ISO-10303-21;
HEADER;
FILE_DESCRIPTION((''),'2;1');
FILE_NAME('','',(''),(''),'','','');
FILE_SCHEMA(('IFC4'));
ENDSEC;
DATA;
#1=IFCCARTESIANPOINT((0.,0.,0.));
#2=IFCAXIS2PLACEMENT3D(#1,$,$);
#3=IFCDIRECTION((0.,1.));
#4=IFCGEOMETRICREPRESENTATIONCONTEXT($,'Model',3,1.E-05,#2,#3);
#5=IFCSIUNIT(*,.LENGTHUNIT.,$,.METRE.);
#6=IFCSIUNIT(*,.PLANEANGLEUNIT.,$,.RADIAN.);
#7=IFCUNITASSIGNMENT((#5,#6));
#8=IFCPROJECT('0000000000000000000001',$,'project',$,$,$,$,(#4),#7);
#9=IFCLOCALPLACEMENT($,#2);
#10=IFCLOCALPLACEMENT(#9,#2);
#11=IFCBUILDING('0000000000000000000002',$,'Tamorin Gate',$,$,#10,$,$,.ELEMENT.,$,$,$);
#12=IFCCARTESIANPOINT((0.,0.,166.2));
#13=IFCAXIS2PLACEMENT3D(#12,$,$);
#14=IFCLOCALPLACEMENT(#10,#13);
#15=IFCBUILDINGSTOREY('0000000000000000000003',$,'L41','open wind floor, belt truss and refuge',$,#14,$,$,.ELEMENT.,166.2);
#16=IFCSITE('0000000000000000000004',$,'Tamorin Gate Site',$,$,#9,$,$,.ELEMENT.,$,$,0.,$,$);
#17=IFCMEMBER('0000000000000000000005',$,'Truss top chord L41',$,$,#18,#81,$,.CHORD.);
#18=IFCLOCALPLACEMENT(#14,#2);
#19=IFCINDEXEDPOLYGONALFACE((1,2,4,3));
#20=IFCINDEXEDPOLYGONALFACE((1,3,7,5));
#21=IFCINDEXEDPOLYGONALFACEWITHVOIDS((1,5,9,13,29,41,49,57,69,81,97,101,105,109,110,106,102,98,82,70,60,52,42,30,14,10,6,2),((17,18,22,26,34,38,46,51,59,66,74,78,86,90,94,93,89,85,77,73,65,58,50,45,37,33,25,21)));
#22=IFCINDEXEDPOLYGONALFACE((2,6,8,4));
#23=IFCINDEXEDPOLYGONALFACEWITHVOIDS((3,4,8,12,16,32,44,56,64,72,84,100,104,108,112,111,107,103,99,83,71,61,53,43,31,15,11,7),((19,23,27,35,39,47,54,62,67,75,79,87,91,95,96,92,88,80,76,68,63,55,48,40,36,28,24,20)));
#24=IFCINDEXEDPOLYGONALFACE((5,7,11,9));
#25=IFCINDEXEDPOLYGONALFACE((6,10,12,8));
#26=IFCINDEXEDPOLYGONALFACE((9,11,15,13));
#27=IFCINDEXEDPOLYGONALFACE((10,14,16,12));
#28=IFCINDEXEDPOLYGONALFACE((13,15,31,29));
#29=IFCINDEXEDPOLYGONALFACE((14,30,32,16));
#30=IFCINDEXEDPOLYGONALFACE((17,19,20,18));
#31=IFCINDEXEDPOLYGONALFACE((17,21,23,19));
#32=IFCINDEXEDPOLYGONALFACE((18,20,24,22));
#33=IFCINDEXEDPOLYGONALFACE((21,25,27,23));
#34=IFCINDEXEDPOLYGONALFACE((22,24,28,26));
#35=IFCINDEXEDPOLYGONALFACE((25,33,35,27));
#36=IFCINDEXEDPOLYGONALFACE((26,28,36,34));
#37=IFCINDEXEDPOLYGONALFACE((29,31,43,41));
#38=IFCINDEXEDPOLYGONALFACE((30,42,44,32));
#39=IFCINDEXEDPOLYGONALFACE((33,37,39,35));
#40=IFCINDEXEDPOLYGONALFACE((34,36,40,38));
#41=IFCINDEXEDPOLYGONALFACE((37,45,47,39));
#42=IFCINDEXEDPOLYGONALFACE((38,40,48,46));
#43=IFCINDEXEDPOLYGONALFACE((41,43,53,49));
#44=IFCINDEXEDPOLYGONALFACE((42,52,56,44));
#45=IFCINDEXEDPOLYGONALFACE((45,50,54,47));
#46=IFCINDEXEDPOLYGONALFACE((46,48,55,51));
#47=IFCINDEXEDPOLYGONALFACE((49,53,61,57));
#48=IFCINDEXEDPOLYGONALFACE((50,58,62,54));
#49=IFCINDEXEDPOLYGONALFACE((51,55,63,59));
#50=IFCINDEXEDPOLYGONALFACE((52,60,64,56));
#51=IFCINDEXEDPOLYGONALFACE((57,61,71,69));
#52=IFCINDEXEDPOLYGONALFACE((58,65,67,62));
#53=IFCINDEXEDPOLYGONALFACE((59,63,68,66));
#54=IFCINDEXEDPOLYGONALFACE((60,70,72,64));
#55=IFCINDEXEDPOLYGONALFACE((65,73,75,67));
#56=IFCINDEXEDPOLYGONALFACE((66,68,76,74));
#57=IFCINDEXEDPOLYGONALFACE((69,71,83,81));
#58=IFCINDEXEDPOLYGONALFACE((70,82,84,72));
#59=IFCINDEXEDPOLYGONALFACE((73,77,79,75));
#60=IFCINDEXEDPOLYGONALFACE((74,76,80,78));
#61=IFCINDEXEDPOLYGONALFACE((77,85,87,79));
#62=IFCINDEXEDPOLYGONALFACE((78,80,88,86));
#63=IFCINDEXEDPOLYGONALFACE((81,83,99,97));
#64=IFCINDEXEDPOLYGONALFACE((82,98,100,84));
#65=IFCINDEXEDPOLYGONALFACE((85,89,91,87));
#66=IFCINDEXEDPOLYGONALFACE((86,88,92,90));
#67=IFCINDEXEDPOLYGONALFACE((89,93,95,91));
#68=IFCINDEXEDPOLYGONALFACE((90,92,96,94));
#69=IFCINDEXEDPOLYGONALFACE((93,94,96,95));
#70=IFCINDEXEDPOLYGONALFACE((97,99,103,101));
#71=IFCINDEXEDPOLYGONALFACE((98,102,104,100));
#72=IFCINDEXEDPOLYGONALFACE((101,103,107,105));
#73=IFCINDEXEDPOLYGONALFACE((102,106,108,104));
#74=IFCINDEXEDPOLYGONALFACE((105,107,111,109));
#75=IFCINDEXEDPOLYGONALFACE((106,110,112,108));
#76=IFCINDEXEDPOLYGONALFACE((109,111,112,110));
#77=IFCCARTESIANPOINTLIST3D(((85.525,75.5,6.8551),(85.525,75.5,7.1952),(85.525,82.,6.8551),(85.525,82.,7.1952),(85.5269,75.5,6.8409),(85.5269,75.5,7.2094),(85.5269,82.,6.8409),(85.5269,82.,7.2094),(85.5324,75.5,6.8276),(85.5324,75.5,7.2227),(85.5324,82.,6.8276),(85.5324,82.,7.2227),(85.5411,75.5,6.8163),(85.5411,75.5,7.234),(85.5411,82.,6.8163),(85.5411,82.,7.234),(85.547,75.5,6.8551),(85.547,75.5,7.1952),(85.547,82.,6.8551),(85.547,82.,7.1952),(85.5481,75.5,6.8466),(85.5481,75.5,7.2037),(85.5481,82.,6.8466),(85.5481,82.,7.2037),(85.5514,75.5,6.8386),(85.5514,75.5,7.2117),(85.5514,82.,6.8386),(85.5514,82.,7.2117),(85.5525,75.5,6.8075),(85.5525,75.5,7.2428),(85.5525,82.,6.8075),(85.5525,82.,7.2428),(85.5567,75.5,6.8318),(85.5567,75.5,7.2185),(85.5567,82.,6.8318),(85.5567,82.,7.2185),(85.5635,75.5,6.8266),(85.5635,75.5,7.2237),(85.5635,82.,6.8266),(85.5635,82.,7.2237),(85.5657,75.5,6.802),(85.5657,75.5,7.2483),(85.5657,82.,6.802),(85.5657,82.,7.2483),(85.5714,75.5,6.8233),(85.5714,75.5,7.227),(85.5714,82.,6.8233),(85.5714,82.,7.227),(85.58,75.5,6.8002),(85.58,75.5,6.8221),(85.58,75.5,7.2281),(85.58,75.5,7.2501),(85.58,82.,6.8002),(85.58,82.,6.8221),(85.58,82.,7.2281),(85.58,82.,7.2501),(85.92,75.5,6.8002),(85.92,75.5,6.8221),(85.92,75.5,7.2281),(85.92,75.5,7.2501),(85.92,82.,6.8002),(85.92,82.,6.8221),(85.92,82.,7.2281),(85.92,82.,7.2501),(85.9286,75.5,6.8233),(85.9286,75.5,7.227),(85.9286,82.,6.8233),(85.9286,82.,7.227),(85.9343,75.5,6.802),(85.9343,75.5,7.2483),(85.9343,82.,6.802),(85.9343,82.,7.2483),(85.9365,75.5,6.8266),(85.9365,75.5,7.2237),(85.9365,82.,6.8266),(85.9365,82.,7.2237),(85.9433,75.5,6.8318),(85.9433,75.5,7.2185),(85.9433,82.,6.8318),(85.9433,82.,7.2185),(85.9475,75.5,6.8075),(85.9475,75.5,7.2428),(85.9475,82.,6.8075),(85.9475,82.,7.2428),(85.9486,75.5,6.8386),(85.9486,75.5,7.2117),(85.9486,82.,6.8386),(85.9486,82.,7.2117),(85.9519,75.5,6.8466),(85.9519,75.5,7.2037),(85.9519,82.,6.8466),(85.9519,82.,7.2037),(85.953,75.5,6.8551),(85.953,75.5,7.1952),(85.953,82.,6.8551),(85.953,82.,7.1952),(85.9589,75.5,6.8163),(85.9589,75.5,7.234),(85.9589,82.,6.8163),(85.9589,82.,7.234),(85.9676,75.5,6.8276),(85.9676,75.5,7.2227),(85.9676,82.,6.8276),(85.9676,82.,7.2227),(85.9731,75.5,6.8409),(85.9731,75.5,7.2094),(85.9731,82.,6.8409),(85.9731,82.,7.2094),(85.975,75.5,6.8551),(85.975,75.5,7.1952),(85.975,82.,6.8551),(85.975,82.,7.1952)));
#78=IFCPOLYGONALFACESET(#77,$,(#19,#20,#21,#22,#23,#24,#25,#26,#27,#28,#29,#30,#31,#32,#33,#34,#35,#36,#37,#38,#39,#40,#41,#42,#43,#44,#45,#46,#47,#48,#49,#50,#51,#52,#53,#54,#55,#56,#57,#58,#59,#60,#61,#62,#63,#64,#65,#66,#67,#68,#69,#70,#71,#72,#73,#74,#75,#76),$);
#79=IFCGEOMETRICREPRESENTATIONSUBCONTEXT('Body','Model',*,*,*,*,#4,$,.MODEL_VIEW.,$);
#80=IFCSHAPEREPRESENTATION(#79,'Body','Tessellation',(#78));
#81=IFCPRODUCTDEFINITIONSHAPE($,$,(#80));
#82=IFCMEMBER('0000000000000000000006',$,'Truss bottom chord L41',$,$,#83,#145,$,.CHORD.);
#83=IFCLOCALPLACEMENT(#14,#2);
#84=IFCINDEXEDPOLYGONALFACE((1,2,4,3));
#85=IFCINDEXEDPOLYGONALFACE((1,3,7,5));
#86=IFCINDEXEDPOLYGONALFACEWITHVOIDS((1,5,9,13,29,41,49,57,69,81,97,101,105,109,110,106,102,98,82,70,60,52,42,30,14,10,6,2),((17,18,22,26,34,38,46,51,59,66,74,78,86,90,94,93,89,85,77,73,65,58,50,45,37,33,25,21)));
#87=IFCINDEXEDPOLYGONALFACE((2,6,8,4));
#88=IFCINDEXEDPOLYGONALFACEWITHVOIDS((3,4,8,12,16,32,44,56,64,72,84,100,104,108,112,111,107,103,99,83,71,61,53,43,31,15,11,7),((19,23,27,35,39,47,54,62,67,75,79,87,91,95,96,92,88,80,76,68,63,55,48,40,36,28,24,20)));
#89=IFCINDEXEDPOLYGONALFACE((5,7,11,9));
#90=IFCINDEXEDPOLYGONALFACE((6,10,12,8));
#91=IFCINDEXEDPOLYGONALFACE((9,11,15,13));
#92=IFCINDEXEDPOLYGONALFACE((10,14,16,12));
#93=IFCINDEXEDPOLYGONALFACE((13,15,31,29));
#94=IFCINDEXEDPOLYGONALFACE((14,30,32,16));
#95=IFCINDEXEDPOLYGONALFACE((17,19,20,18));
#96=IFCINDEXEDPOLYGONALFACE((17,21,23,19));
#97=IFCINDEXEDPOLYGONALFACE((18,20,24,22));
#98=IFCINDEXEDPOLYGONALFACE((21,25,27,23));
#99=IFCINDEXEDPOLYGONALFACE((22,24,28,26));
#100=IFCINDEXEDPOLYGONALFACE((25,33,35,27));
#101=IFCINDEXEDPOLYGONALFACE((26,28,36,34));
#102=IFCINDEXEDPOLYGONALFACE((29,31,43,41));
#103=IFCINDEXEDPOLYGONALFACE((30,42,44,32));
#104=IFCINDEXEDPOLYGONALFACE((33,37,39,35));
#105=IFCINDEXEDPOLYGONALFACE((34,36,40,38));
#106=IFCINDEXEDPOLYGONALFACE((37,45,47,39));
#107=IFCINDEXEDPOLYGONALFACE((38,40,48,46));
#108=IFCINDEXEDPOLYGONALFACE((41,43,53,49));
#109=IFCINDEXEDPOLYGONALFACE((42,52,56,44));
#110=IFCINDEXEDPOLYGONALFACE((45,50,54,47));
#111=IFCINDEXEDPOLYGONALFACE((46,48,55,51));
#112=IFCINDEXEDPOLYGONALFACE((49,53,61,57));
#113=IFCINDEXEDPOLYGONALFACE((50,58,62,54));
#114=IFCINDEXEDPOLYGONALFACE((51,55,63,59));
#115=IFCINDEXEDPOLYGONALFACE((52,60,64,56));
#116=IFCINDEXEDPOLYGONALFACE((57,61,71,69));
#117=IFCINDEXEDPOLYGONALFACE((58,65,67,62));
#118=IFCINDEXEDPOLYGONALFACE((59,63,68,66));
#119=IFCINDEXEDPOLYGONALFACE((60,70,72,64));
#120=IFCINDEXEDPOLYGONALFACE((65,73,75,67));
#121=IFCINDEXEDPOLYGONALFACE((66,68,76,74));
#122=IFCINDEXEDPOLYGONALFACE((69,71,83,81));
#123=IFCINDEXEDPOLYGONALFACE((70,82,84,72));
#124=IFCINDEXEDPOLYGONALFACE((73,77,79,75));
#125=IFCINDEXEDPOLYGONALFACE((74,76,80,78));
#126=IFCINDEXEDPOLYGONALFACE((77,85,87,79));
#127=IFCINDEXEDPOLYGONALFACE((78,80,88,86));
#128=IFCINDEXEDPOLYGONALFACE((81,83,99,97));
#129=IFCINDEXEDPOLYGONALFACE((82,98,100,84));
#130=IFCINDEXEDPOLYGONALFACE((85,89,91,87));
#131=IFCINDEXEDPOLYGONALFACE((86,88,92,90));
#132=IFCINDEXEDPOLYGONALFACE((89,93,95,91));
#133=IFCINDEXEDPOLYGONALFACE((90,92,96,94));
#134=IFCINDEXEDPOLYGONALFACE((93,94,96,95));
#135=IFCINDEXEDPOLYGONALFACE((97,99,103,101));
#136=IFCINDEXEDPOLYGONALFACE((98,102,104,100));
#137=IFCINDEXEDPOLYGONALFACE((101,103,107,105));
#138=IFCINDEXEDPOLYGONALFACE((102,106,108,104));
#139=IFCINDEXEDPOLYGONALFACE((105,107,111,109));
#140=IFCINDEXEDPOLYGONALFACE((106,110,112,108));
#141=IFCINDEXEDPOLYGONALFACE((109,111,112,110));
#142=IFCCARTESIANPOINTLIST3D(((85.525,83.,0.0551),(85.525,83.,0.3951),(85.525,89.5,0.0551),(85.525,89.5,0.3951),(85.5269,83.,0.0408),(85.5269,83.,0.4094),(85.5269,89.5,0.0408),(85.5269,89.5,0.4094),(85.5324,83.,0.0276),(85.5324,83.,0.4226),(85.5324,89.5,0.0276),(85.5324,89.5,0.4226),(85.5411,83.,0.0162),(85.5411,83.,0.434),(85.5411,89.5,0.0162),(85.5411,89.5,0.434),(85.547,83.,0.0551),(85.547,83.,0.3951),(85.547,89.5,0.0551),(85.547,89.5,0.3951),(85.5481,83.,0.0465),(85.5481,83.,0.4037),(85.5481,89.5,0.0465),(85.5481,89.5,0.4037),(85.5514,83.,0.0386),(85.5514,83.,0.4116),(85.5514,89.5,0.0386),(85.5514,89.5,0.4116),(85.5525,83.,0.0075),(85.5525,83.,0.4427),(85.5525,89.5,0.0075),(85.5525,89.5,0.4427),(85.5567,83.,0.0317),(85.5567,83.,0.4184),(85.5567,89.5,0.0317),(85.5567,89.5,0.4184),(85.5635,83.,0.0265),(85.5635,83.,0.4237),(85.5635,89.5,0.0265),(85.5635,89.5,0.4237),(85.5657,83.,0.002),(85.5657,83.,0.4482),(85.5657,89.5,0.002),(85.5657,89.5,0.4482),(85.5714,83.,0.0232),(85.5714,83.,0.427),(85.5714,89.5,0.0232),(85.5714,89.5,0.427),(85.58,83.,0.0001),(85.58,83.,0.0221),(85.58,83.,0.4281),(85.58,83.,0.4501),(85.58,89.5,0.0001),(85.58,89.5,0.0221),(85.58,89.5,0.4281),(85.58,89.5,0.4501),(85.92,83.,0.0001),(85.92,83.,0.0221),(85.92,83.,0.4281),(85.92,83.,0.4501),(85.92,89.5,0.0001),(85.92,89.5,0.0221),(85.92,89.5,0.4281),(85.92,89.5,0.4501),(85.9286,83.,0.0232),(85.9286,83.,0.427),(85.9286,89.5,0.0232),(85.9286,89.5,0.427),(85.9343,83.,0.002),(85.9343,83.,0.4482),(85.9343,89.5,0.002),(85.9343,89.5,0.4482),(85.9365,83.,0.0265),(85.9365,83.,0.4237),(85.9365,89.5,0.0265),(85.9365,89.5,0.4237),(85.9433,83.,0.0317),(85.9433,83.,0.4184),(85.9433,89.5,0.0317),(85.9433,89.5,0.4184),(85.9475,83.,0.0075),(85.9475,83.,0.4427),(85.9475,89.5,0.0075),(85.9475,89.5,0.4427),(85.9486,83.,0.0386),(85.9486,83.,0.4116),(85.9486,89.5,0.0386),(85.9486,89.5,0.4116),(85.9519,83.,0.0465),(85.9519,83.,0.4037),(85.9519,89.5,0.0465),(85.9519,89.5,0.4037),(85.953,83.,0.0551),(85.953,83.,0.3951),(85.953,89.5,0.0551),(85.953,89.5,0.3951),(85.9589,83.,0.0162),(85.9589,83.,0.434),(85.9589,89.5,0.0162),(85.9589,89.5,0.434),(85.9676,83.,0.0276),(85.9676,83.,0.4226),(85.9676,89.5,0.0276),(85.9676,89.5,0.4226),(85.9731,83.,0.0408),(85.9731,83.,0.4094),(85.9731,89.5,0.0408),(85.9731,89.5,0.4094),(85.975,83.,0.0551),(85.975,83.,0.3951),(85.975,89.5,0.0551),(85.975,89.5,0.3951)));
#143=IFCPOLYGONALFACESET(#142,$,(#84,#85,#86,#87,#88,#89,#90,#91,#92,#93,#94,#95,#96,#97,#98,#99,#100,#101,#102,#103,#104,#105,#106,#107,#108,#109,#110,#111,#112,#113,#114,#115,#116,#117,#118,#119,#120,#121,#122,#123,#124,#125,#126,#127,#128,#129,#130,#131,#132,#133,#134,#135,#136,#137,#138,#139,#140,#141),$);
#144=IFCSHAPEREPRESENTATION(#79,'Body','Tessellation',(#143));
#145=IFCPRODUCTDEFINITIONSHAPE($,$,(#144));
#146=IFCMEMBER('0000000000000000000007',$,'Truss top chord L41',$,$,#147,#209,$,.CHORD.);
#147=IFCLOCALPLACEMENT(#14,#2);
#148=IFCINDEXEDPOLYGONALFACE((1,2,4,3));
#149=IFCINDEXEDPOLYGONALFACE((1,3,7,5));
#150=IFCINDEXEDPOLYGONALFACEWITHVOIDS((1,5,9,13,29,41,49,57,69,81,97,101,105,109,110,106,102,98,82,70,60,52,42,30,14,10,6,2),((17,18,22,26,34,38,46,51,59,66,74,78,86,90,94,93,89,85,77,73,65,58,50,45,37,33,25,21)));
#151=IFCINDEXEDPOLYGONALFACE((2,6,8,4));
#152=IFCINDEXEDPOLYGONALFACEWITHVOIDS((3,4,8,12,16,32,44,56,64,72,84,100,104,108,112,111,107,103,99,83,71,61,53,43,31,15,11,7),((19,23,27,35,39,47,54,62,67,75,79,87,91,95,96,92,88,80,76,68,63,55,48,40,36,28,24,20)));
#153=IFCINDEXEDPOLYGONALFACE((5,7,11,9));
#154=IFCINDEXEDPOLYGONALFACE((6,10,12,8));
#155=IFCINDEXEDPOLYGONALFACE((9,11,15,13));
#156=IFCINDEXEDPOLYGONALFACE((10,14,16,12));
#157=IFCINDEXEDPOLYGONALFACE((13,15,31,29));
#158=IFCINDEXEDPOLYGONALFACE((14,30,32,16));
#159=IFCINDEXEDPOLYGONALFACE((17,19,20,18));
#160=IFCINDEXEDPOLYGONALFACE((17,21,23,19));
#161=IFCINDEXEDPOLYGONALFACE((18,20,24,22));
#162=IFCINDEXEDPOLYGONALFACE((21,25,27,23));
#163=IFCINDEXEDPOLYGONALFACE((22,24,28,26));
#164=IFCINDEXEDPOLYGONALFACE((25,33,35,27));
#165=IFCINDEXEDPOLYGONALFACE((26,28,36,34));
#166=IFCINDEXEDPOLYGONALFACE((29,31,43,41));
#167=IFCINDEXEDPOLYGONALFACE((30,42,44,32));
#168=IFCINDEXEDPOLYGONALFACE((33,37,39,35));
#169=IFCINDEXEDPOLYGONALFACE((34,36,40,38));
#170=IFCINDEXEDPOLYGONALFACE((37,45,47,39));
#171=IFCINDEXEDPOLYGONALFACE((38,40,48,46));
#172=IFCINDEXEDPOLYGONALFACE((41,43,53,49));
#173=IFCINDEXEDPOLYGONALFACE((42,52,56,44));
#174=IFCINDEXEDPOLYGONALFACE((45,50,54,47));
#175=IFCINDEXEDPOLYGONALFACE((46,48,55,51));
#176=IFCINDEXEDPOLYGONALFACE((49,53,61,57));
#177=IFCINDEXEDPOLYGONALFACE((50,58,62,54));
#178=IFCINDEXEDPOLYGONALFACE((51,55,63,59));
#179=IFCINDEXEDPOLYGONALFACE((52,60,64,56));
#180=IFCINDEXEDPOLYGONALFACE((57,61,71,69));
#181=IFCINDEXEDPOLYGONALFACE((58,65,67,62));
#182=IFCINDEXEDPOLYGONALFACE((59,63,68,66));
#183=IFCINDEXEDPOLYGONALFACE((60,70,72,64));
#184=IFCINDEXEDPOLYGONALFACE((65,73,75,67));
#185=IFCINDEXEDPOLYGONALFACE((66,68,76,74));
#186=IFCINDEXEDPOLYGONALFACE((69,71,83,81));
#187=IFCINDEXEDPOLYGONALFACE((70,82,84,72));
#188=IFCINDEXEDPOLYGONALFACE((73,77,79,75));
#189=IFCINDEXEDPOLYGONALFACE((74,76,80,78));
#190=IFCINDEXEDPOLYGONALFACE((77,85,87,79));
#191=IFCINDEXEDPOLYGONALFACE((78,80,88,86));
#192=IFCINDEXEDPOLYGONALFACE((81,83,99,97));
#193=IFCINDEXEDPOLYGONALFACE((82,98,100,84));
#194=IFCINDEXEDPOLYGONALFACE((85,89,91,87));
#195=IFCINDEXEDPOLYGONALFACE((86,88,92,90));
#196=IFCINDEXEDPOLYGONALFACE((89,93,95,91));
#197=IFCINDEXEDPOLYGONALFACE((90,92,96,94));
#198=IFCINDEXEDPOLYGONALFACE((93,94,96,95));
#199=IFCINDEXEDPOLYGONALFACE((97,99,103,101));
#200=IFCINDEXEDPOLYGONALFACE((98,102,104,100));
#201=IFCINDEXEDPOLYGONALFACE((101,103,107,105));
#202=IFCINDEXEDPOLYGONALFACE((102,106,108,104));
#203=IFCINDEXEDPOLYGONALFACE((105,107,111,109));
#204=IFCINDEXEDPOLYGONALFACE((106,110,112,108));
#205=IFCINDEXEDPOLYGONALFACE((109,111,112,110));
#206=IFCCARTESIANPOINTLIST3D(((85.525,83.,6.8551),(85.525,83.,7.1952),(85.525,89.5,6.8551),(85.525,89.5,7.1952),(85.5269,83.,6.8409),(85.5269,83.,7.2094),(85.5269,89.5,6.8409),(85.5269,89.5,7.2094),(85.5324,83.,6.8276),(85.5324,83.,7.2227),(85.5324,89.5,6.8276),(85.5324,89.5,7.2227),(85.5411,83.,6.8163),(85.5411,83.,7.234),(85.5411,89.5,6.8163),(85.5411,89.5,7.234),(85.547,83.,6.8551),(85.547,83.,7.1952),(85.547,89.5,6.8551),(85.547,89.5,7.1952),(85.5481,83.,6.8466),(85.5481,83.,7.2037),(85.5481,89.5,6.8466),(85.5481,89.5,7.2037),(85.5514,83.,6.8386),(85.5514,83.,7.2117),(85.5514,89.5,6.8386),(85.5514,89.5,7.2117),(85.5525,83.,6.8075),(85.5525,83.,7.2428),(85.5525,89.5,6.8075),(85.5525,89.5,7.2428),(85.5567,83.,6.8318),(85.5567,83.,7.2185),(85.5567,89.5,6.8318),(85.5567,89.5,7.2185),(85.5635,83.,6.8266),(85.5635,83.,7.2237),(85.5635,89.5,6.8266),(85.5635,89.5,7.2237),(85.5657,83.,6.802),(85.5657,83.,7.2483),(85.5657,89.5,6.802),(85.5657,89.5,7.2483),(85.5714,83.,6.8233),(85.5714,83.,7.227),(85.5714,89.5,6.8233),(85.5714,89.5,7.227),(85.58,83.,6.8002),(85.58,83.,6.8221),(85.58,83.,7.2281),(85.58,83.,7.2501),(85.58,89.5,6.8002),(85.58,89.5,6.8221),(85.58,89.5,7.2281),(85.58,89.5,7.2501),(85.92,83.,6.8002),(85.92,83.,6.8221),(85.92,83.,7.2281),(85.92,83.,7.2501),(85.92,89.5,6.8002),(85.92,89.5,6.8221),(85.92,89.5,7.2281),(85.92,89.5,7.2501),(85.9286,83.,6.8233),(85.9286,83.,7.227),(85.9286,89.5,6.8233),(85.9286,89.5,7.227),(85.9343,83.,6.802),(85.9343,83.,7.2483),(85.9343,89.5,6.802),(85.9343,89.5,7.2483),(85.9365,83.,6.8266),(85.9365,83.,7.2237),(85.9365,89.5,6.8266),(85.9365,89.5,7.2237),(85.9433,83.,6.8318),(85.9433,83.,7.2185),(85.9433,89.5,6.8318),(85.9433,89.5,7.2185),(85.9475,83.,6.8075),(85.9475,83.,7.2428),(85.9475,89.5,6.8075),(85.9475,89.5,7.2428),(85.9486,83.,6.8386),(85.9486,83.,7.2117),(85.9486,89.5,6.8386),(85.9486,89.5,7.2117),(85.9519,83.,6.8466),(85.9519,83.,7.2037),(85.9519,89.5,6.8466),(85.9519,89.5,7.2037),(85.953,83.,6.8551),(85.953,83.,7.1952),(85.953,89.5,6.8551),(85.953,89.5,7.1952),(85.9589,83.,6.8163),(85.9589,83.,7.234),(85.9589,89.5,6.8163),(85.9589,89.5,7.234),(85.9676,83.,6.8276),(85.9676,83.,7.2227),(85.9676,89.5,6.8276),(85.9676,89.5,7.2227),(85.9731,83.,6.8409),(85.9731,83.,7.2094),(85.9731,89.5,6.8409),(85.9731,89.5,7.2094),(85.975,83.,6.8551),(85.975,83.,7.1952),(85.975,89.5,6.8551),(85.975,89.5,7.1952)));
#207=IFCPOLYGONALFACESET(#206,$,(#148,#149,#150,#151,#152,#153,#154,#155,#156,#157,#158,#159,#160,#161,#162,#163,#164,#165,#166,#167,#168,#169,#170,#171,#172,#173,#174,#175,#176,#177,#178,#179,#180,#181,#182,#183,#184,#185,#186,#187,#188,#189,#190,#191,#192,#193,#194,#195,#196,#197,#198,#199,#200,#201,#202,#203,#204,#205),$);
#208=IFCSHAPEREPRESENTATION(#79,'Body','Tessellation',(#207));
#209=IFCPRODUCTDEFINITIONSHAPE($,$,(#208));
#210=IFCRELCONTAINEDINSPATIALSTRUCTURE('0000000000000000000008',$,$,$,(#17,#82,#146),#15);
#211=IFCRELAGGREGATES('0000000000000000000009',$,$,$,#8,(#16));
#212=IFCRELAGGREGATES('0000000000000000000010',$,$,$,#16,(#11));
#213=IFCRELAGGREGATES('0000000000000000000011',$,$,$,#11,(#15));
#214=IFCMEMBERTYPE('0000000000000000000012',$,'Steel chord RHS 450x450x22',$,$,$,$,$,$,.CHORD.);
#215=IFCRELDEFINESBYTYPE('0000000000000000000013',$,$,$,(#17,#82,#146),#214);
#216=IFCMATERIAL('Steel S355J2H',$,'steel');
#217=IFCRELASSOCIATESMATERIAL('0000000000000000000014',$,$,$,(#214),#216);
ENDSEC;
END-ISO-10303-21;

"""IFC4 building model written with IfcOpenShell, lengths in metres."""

from ifc_helpers import new_model, si_unit, direction, frame, origin, origin_2d, place, context, subcontext, project, spatial, hollow_rectangle, extrude, material, material_profile, profile_set, type_object, element, save


model = new_model("IFC4")

# Units and contexts
model_context = context("Model", 3, precision=1e-05, world=origin(), true_north=direction((0.0, 1.0)))
body_context = subcontext(model_context, "Body", "Model", "MODEL_VIEW")
ifc_project = project(units=[si_unit("LENGTHUNIT", "METRE"), si_unit("PLANEANGLEUNIT", "RADIAN")], contexts=[model_context])

# Site, building, storey
site_placement = place(None, origin())
site = spatial("IfcSite", under=ifc_project, at=site_placement, Name="Tamorin Gate Site", CompositionType="ELEMENT", RefElevation=0.0)
building_placement = place(site_placement, origin())
building = spatial("IfcBuilding", under=site, at=building_placement, Name="Tamorin Gate", CompositionType="ELEMENT")
storey_placement = place(building_placement, frame((0.0, 0.0, 166.2)))
storey = spatial("IfcBuildingStorey", under=building, at=storey_placement, Name="L41", Description="open wind floor, belt truss and refuge", CompositionType="ELEMENT", Elevation=166.2)

# Members
ifc_material_1 = material(Name="Steel S355J2H", Category="steel")
ifc_material_profile_1 = material_profile(ifc_material_1, hollow_rectangle(XDim=0.45, YDim=0.45, WallThickness=0.022, InnerFilletRadius=0.033, OuterFilletRadius=0.0549, at=origin_2d()), Name="RHS 450x450x22")
ifc_profile_set_1 = profile_set([ifc_material_profile_1], Name="Steel S355J2H")
member_type_1 = type_object("IfcMemberType", Name="Steel chord RHS 450x450x22", PredefinedType="CHORD", material=ifc_profile_set_1)
for number, where, z_axis, x_axis, name in (
    (1, (85.75, 75.5, 7.0251), (0.0, 1.0, 0.0), (-1.0, 0.0, 0.0), "Truss top chord L41"),
    (2, (85.75, 83.0, 0.2251), (0.0, 1.0, 0.0), (-1.0, 0.0, 0.0), "Truss bottom chord L41"),
    (3, (85.75, 83.0, 7.0251), (0.0, 1.0, 0.0), (-1.0, 0.0, 0.0), "Truss top chord L41"),
):
    element("IfcMember", number, at=place(storey_placement, frame(where, z_axis=z_axis, x_axis=x_axis)), inside=storey, type_object=member_type_1, Name=name, PredefinedType="CHORD", context=body_context, shape_type="SweptSolid", body=[
        extrude(hollow_rectangle(XDim=0.45, YDim=0.45, WallThickness=0.022, InnerFilletRadius=0.033, OuterFilletRadius=0.0549, at=origin_2d()), origin(), (0.0, 0.0, 1.0), 6.5),
    ])

save(model, "model.ifc")
